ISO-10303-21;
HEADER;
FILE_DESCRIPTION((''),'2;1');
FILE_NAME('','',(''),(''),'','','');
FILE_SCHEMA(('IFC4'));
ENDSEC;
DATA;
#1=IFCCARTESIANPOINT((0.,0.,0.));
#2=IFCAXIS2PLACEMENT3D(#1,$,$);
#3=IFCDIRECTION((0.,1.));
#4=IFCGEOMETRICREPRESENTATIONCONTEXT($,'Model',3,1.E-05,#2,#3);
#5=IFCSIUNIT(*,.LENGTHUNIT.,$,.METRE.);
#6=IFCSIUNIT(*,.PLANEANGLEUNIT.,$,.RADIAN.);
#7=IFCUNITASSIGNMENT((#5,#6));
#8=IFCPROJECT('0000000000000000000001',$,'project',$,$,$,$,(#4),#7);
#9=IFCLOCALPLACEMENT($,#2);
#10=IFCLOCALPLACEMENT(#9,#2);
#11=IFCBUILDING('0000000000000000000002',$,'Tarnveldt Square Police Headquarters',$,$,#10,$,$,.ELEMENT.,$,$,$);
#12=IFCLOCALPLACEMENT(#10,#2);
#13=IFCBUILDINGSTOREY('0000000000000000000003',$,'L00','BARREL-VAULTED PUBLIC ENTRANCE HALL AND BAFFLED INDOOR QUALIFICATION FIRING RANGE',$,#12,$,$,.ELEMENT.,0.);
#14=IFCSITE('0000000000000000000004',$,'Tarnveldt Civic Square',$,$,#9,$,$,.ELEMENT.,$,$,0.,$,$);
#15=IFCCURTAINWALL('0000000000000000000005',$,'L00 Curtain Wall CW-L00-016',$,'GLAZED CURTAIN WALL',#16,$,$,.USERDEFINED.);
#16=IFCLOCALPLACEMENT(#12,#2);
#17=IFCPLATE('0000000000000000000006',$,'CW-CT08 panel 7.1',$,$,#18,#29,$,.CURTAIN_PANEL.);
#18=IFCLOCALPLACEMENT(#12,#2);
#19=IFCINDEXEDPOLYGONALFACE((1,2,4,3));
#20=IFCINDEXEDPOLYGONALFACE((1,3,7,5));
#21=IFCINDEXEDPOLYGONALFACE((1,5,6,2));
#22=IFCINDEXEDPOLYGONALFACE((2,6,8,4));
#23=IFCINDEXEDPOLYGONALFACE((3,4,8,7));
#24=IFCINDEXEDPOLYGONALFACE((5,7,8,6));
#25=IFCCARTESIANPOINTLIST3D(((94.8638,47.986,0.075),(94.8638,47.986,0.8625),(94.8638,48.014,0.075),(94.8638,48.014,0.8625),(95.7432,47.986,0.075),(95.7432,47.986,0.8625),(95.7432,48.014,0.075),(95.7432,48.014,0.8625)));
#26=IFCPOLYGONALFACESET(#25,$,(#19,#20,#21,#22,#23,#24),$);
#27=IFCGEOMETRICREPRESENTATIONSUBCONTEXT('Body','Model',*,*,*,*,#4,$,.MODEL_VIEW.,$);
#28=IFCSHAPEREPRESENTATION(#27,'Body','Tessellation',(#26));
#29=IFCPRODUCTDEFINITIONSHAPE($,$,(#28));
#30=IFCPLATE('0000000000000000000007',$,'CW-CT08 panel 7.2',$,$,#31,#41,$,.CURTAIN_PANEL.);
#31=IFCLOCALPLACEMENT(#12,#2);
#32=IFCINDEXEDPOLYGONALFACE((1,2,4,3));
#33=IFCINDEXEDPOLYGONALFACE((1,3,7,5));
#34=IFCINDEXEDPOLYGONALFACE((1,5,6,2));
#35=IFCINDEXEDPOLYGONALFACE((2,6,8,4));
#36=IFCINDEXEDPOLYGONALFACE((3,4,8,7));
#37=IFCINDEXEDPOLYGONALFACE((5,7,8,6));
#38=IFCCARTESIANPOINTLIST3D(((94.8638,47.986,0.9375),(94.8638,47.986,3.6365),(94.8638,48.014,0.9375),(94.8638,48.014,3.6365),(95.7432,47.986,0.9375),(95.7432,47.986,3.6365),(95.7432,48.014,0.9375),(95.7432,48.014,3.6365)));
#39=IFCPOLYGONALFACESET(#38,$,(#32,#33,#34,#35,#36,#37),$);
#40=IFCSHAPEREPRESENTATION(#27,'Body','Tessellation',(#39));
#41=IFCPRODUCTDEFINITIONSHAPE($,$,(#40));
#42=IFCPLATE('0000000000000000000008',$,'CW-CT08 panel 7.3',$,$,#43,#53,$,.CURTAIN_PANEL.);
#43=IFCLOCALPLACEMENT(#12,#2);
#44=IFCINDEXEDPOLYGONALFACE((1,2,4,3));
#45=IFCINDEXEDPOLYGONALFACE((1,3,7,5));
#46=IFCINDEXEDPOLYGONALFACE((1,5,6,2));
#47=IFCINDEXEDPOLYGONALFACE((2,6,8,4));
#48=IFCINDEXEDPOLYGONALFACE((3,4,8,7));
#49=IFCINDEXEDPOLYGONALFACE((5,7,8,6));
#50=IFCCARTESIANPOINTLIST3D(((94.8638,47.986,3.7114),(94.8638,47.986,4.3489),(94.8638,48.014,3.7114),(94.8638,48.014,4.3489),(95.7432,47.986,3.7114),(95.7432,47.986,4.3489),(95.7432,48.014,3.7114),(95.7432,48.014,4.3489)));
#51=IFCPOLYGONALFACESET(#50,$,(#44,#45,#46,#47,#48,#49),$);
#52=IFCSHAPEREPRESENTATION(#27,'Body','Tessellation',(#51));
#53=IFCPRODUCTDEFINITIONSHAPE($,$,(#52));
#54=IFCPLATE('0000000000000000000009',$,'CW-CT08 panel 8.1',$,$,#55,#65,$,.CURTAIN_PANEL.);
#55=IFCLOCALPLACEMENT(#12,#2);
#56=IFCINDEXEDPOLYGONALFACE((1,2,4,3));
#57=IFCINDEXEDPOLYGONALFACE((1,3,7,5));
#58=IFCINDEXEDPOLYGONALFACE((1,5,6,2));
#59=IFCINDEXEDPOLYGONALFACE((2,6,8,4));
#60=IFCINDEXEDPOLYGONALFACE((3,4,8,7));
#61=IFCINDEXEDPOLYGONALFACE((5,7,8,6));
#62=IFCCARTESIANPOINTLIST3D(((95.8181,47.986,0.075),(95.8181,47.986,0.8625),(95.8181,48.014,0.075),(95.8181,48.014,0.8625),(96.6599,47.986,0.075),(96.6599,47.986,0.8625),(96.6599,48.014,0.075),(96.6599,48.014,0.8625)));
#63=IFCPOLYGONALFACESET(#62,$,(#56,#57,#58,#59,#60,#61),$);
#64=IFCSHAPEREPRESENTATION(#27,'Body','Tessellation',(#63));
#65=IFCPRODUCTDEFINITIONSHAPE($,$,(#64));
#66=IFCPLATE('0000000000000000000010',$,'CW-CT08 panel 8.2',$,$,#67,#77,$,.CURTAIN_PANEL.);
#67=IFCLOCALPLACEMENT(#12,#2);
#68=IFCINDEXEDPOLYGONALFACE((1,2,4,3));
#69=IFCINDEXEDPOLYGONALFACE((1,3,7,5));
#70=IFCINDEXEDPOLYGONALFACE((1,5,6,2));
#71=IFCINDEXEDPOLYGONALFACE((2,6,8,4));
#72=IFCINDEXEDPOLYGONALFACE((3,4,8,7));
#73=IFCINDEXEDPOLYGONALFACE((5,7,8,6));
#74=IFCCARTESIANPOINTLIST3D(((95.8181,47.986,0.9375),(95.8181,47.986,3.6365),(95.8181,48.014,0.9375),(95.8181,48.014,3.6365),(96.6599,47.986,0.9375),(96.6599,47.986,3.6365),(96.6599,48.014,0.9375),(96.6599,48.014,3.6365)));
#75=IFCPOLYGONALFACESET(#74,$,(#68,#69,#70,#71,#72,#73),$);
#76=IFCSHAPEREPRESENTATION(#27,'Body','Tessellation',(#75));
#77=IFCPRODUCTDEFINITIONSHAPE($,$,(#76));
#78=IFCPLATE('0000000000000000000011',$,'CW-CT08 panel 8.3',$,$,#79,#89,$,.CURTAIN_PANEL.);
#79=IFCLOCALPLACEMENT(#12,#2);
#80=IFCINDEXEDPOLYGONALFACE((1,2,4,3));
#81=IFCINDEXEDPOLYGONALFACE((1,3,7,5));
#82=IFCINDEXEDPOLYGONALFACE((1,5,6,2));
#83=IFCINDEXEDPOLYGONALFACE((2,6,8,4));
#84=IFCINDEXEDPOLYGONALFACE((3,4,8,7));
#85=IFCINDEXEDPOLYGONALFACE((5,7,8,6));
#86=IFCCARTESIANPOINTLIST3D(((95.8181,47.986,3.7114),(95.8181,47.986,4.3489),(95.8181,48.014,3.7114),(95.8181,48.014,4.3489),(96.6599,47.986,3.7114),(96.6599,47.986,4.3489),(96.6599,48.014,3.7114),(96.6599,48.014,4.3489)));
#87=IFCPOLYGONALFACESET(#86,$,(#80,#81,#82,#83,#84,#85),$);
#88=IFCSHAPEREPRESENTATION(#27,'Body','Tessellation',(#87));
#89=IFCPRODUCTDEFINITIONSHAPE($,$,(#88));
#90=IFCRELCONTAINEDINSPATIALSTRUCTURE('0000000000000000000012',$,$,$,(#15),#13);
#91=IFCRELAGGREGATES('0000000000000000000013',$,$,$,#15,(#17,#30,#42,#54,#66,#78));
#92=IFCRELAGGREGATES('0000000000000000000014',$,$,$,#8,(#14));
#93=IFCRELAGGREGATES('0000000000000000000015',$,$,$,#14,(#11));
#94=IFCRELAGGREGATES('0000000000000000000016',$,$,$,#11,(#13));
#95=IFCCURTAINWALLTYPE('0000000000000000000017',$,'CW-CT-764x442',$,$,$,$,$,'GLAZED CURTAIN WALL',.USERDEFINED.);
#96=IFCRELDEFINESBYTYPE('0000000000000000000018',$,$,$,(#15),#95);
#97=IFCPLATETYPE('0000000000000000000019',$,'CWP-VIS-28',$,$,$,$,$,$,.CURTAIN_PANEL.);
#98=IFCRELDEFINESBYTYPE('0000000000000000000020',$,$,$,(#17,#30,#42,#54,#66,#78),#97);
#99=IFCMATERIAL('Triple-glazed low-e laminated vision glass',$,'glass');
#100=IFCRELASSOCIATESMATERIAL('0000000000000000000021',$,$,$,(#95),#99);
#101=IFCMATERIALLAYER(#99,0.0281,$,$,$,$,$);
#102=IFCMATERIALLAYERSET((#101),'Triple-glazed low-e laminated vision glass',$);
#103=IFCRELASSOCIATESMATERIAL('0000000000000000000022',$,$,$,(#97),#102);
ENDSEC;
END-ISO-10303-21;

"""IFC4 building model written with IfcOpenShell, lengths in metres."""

from ifc_helpers import new_model, si_unit, direction, frame, origin, origin_2d, place, context, subcontext, project, spatial, rectangle, extrude, material, layer, layer_set, type_object, element, aggregate, save


model = new_model("IFC4")

# Units and contexts
model_context = context("Model", 3, precision=1e-05, world=origin(), true_north=direction((0.0, 1.0)))
body_context = subcontext(model_context, "Body", "Model", "MODEL_VIEW")
ifc_project = project(units=[si_unit("LENGTHUNIT", "METRE"), si_unit("PLANEANGLEUNIT", "RADIAN")], contexts=[model_context])

# Site, building, storey
site_placement = place(None, origin())
site = spatial("IfcSite", under=ifc_project, at=site_placement, Name="Tarnveldt Civic Square", CompositionType="ELEMENT", RefElevation=0.0)
building_placement = place(site_placement, origin())
building = spatial("IfcBuilding", under=site, at=building_placement, Name="Tarnveldt Square Police Headquarters", CompositionType="ELEMENT")
storey_placement = place(building_placement, origin())
storey = spatial("IfcBuildingStorey", under=building, at=storey_placement, Name="L00", Description="BARREL-VAULTED PUBLIC ENTRANCE HALL AND BAFFLED INDOOR QUALIFICATION FIRING RANGE", CompositionType="ELEMENT", Elevation=0.0)

# Curtain wall, plates
ifc_material_1 = material(Name="Triple-glazed low-e laminated vision glass", Category="glass")
curtain_wall_type = type_object("IfcCurtainWallType", Name="CW-CT-764x442", ElementType="GLAZED CURTAIN WALL", PredefinedType="USERDEFINED", material=ifc_material_1)
curtain_wall_placement = place(storey_placement, origin())
curtain_wall = element("IfcCurtainWall", 1, at=curtain_wall_placement, inside=storey, type_object=curtain_wall_type, Name="L00 Curtain Wall CW-L00-016", ObjectType="GLAZED CURTAIN WALL", PredefinedType="USERDEFINED")
ifc_layer = layer(ifc_material_1, 0.0281)
ifc_layer_set = layer_set([ifc_layer], Name="Triple-glazed low-e laminated vision glass")
plate_type = type_object("IfcPlateType", Name="CWP-VIS-28", PredefinedType="CURTAIN_PANEL", material=ifc_layer_set)
plate_1_placement = place(storey_placement, frame((95.3035, 48.0, 0.075), z_axis=(0.0, 0.0, 1.0), x_axis=(1.0, 0.0, 0.0)))
plate_1 = element("IfcPlate", 2, at=plate_1_placement, type_object=plate_type, Name="CW-CT08 panel 7.1", PredefinedType="CURTAIN_PANEL", context=body_context, shape_type="SweptSolid", body=[
    extrude(rectangle(XDim=0.8794, YDim=0.0281, at=origin_2d()), origin(), (0.0, 0.0, 1.0), 0.7876),
])
plate_2_placement = place(storey_placement, frame((95.3035, 48.0, 0.9375), z_axis=(0.0, 0.0, 1.0), x_axis=(1.0, 0.0, 0.0)))
plate_2 = element("IfcPlate", 3, at=plate_2_placement, type_object=plate_type, Name="CW-CT08 panel 7.2", PredefinedType="CURTAIN_PANEL", context=body_context, shape_type="SweptSolid", body=[
    extrude(rectangle(XDim=0.8794, YDim=0.0281, at=origin_2d()), origin(), (0.0, 0.0, 1.0), 2.699),
])
plate_3_placement = place(storey_placement, frame((95.3035, 48.0, 3.7114), z_axis=(0.0, 0.0, 1.0), x_axis=(1.0, 0.0, 0.0)))
plate_3 = element("IfcPlate", 4, at=plate_3_placement, type_object=plate_type, Name="CW-CT08 panel 7.3", PredefinedType="CURTAIN_PANEL", context=body_context, shape_type="SweptSolid", body=[
    extrude(rectangle(XDim=0.8794, YDim=0.0281, at=origin_2d()), origin(), (0.0, 0.0, 1.0), 0.6375),
])
plate_4_placement = place(storey_placement, frame((96.239, 48.0, 0.075), z_axis=(0.0, 0.0, 1.0), x_axis=(1.0, 0.0, 0.0)))
plate_4 = element("IfcPlate", 5, at=plate_4_placement, type_object=plate_type, Name="CW-CT08 panel 8.1", PredefinedType="CURTAIN_PANEL", context=body_context, shape_type="SweptSolid", body=[
    extrude(rectangle(XDim=0.8418, YDim=0.0281, at=origin_2d()), origin(), (0.0, 0.0, 1.0), 0.7876),
])
plate_5_placement = place(storey_placement, frame((96.239, 48.0, 0.9375), z_axis=(0.0, 0.0, 1.0), x_axis=(1.0, 0.0, 0.0)))
plate_5 = element("IfcPlate", 6, at=plate_5_placement, type_object=plate_type, Name="CW-CT08 panel 8.2", PredefinedType="CURTAIN_PANEL", context=body_context, shape_type="SweptSolid", body=[
    extrude(rectangle(XDim=0.8418, YDim=0.0281, at=origin_2d()), origin(), (0.0, 0.0, 1.0), 2.699),
])
plate_6_placement = place(storey_placement, frame((96.239, 48.0, 3.7114), z_axis=(0.0, 0.0, 1.0), x_axis=(1.0, 0.0, 0.0)))
plate_6 = element("IfcPlate", 7, at=plate_6_placement, type_object=plate_type, Name="CW-CT08 panel 8.3", PredefinedType="CURTAIN_PANEL", context=body_context, shape_type="SweptSolid", body=[
    extrude(rectangle(XDim=0.8418, YDim=0.0281, at=origin_2d()), origin(), (0.0, 0.0, 1.0), 0.6375),
])
aggregate(curtain_wall, [plate_1, plate_2, plate_3, plate_4, plate_5, plate_6])

save(model, "model.ifc")
